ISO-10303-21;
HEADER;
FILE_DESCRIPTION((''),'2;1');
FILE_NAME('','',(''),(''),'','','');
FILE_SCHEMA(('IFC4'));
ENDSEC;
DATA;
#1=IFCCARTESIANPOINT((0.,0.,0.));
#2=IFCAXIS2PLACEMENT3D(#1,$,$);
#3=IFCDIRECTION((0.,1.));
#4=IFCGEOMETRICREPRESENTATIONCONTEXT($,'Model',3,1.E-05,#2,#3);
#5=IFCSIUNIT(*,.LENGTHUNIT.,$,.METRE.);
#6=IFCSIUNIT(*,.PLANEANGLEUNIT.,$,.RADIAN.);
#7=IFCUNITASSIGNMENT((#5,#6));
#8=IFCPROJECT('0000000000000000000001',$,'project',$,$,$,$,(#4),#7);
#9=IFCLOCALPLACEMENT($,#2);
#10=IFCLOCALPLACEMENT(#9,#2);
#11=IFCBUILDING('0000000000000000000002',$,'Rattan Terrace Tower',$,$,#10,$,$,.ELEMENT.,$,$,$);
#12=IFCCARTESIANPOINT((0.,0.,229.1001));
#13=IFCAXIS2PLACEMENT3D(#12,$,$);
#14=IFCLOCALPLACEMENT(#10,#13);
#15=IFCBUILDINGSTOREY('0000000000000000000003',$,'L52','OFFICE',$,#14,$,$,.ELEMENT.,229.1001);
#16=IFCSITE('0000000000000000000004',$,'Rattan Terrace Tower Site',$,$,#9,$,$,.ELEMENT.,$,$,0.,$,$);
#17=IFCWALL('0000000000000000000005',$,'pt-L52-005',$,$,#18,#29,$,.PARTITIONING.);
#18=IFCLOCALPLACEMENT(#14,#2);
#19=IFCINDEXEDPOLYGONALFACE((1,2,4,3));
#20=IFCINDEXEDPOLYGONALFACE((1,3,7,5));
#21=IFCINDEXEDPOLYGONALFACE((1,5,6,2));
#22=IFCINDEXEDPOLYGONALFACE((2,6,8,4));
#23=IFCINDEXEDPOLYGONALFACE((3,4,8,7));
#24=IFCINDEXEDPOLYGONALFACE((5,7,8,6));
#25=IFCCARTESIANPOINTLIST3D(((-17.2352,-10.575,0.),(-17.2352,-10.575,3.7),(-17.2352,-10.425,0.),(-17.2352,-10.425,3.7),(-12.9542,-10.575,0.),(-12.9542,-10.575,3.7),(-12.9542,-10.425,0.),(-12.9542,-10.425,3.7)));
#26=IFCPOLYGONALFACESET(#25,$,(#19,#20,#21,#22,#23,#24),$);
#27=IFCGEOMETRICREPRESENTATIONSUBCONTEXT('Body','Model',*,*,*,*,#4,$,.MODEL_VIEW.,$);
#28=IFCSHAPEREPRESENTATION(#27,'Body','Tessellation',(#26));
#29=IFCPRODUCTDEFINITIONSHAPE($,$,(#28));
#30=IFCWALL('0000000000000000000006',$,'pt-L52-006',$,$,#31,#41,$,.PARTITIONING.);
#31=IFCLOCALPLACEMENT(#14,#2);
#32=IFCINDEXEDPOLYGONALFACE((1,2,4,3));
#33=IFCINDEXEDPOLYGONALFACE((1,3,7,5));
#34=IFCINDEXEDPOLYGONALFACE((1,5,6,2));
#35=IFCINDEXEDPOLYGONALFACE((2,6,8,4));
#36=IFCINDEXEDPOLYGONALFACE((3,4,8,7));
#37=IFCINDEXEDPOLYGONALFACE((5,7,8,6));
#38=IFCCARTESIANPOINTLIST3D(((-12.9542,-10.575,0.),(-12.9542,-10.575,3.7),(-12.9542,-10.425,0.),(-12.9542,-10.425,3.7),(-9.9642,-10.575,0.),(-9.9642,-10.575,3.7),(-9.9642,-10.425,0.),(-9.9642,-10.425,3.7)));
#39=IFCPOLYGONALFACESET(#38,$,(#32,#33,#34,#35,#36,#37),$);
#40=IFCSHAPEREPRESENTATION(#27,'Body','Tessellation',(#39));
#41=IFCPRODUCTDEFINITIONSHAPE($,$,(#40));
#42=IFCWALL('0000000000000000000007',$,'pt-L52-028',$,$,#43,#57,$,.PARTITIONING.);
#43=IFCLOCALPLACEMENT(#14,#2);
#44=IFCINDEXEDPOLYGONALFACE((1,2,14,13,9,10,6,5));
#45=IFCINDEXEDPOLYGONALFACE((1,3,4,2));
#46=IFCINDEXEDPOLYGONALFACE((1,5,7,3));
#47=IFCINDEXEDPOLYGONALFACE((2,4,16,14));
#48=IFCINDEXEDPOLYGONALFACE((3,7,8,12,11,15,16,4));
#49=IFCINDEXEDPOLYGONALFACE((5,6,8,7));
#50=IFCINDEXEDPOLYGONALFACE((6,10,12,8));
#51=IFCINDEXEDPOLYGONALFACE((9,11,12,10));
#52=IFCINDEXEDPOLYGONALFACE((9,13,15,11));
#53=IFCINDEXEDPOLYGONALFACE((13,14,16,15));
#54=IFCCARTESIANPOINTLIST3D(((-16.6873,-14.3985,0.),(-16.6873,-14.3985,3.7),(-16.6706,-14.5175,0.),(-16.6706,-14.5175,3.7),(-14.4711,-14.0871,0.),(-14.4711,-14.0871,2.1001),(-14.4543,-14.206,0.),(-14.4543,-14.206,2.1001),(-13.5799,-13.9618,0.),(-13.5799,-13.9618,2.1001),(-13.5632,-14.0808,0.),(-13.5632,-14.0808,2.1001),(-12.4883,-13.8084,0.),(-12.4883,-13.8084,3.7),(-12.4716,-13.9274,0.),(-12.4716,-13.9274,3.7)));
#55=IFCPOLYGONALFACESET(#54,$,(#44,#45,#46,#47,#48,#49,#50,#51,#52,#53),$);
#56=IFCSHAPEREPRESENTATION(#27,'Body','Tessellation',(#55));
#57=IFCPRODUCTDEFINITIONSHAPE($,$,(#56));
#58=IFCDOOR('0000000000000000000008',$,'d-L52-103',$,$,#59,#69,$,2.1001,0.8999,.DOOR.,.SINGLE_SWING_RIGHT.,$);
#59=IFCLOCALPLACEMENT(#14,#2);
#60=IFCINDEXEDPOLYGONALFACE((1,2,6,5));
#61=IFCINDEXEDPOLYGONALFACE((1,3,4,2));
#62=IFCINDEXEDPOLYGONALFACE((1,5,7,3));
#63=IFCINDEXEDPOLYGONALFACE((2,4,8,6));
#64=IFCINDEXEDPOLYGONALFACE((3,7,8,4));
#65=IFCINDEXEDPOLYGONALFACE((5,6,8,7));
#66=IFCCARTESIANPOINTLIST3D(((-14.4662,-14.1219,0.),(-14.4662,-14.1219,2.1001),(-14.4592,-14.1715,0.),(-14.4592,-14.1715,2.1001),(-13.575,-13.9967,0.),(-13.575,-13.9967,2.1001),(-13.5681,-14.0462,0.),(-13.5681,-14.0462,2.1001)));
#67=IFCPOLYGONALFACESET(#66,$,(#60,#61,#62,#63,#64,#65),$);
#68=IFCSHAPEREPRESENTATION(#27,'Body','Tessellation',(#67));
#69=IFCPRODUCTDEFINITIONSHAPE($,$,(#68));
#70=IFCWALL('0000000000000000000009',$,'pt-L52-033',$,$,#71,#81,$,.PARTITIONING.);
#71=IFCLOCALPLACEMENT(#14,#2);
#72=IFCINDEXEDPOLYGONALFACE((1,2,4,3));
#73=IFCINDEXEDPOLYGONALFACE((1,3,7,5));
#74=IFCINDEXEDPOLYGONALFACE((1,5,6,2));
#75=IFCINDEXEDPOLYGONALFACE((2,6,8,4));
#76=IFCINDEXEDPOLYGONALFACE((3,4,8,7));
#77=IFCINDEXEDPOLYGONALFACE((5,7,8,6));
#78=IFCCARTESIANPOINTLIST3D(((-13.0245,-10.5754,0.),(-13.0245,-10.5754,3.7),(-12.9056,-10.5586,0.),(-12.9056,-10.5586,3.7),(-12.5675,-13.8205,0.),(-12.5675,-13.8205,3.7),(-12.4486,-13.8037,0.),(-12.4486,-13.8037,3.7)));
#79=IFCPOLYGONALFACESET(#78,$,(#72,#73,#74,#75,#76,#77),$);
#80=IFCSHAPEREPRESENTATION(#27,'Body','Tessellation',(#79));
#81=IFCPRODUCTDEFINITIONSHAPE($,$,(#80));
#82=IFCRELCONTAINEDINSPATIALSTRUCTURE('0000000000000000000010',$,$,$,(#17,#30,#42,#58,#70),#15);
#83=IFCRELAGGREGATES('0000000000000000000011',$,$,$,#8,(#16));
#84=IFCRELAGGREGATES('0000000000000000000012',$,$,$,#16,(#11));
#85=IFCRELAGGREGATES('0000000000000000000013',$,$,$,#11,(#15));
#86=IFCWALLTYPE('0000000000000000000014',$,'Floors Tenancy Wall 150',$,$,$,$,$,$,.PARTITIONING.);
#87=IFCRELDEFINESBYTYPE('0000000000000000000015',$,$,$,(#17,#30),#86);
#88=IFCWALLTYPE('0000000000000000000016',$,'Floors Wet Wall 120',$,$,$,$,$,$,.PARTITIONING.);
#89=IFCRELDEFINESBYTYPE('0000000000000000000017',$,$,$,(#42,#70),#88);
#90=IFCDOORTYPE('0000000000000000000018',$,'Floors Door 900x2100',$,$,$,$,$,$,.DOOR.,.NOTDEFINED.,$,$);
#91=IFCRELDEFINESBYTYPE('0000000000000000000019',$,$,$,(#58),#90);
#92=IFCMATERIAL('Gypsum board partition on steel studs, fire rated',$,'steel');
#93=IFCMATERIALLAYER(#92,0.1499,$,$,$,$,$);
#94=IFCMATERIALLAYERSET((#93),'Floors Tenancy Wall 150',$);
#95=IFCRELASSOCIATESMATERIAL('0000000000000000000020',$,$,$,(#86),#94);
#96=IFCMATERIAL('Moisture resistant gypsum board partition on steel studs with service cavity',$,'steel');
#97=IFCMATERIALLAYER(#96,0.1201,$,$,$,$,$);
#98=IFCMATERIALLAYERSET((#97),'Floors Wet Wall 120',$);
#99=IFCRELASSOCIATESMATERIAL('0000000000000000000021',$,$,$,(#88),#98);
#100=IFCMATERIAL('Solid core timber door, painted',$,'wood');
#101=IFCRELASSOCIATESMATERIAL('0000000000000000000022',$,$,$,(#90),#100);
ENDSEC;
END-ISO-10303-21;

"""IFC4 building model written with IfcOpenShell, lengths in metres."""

from ifc_helpers import new_model, si_unit, direction, frame, frame_2d, origin, place, context, subcontext, project, spatial, rectangle, extrude, material, layer, layer_set, type_object, element, fill, save


model = new_model("IFC4")

# Units and contexts
model_context = context("Model", 3, precision=1e-05, world=origin(), true_north=direction((0.0, 1.0)))
body_context = subcontext(model_context, "Body", "Model", "MODEL_VIEW")
ifc_project = project(units=[si_unit("LENGTHUNIT", "METRE"), si_unit("PLANEANGLEUNIT", "RADIAN")], contexts=[model_context])

# Site, building, storey
site_placement = place(None, origin())
site = spatial("IfcSite", under=ifc_project, at=site_placement, Name="Rattan Terrace Tower Site", CompositionType="ELEMENT", RefElevation=0.0)
building_placement = place(site_placement, origin())
building = spatial("IfcBuilding", under=site, at=building_placement, Name="Rattan Terrace Tower", CompositionType="ELEMENT")
storey_placement = place(building_placement, frame((0.0, 0.0, 229.1001)))
storey = spatial("IfcBuildingStorey", under=building, at=storey_placement, Name="L52", Description="OFFICE", CompositionType="ELEMENT", Elevation=229.1001)

# Walls
ifc_material_1 = material(Name="Gypsum board partition on steel studs, fire rated", Category="steel")
ifc_layer_1 = layer(ifc_material_1, 0.1499)
ifc_layer_set_1 = layer_set([ifc_layer_1], Name="Floors Tenancy Wall 150")
wall_type_1 = type_object("IfcWallType", Name="Floors Tenancy Wall 150", PredefinedType="PARTITIONING", material=ifc_layer_set_1)
wall_1_placement = place(storey_placement, frame((-12.9541, -10.5, 0.0), z_axis=(0.0, 0.0, 1.0), x_axis=(-1.0, 0.0, 0.0)))
element("IfcWall", 1, at=wall_1_placement, inside=storey, type_object=wall_type_1, Name="pt-L52-005", PredefinedType="PARTITIONING", context=body_context, shape_type="SweptSolid", body=[
    extrude(rectangle(XDim=4.281, YDim=0.1499, at=frame_2d((2.1406, 0.0))), origin(), (0.0, 0.0, 1.0), 3.7),
])
wall_2_placement = place(storey_placement, frame((-9.9641, -10.5, 0.0), z_axis=(0.0, 0.0, 1.0), x_axis=(-1.0, 0.0, 0.0)))
element("IfcWall", 2, at=wall_2_placement, inside=storey, type_object=wall_type_1, Name="pt-L52-006", PredefinedType="PARTITIONING", context=body_context, shape_type="SweptSolid", body=[
    extrude(rectangle(XDim=2.99, YDim=0.1499, at=frame_2d((1.4951, 0.0))), origin(), (0.0, 0.0, 1.0), 3.7),
])

# Wall, opening, door
ifc_material_2 = material(Name="Moisture resistant gypsum board partition on steel studs with service cavity", Category="steel")
ifc_layer_2 = layer(ifc_material_2, 0.1201)
ifc_layer_set_2 = layer_set([ifc_layer_2], Name="Floors Wet Wall 120")
wall_type_2 = type_object("IfcWallType", Name="Floors Wet Wall 120", PredefinedType="PARTITIONING", material=ifc_layer_set_2)
wall_3_placement = place(storey_placement, frame((-16.679, -14.458, 0.0), z_axis=(0.0, 0.0, 1.0), x_axis=(0.990269, 0.139164, 0.0)))
wall_3 = element("IfcWall", 3, at=wall_3_placement, inside=storey, type_object=wall_type_2, Name="pt-L52-028", PredefinedType="PARTITIONING", context=body_context, shape_type="SweptSolid", body=[
    extrude(rectangle(XDim=4.2402, YDim=0.1201, at=frame_2d((2.1201, 0.0))), origin(), (0.0, 0.0, 1.0), 3.7),
])
opening_1_placement = place(wall_3_placement, frame((2.238, 0.0, 0.0)))
opening_1 = element("IfcOpeningElement", 4, at=opening_1_placement, cuts=wall_3, PredefinedType="OPENING", context=body_context, shape_type="SweptSolid", body=[
    extrude(rectangle(XDim=0.8999, YDim=2.1001, at=frame_2d((0.45, 1.05))), frame((0.0, 0.0706, 0.0), z_axis=(0.0, -1.0, 0.0), x_axis=(1.0, 0.0, 0.0)), (0.0, 0.0, 1.0), 0.1411),
])
ifc_material_3 = material(Name="Solid core timber door, painted", Category="wood")
door_type_1 = type_object("IfcDoorType", Name="Floors Door 900x2100", OperationType="NOTDEFINED", PredefinedType="DOOR", material=ifc_material_3)
door_1_placement = place(opening_1_placement, origin())
door_1 = element("IfcDoor", 5, at=door_1_placement, inside=storey, type_object=door_type_1, Name="d-L52-103", OperationType="SINGLE_SWING_RIGHT", OverallHeight=2.1001, OverallWidth=0.8999, PredefinedType="DOOR", context=body_context, shape_type="SweptSolid", body=[
    extrude(rectangle(XDim=0.8999, YDim=2.1001, at=frame_2d((0.45, 1.05))), frame((0.0, 0.0249, 0.0), z_axis=(0.0, -1.0, 0.0), x_axis=(1.0, 0.0, 0.0)), (0.0, 0.0, 1.0), 0.05),
])
fill(opening_1, door_1)

# Wall
wall_4_placement = place(storey_placement, frame((-12.9651, -10.5669, 0.0), z_axis=(0.0, 0.0, 1.0), x_axis=(0.13946, -0.990228, 0.0)))
element("IfcWall", 6, at=wall_4_placement, inside=storey, type_object=wall_type_2, Name="pt-L52-033", PredefinedType="PARTITIONING", context=body_context, shape_type="SweptSolid", body=[
    extrude(rectangle(XDim=3.2771, YDim=0.1201, at=frame_2d((1.6387, 0.0))), origin(), (0.0, 0.0, 1.0), 3.7),
])

save(model, "model.ifc")
